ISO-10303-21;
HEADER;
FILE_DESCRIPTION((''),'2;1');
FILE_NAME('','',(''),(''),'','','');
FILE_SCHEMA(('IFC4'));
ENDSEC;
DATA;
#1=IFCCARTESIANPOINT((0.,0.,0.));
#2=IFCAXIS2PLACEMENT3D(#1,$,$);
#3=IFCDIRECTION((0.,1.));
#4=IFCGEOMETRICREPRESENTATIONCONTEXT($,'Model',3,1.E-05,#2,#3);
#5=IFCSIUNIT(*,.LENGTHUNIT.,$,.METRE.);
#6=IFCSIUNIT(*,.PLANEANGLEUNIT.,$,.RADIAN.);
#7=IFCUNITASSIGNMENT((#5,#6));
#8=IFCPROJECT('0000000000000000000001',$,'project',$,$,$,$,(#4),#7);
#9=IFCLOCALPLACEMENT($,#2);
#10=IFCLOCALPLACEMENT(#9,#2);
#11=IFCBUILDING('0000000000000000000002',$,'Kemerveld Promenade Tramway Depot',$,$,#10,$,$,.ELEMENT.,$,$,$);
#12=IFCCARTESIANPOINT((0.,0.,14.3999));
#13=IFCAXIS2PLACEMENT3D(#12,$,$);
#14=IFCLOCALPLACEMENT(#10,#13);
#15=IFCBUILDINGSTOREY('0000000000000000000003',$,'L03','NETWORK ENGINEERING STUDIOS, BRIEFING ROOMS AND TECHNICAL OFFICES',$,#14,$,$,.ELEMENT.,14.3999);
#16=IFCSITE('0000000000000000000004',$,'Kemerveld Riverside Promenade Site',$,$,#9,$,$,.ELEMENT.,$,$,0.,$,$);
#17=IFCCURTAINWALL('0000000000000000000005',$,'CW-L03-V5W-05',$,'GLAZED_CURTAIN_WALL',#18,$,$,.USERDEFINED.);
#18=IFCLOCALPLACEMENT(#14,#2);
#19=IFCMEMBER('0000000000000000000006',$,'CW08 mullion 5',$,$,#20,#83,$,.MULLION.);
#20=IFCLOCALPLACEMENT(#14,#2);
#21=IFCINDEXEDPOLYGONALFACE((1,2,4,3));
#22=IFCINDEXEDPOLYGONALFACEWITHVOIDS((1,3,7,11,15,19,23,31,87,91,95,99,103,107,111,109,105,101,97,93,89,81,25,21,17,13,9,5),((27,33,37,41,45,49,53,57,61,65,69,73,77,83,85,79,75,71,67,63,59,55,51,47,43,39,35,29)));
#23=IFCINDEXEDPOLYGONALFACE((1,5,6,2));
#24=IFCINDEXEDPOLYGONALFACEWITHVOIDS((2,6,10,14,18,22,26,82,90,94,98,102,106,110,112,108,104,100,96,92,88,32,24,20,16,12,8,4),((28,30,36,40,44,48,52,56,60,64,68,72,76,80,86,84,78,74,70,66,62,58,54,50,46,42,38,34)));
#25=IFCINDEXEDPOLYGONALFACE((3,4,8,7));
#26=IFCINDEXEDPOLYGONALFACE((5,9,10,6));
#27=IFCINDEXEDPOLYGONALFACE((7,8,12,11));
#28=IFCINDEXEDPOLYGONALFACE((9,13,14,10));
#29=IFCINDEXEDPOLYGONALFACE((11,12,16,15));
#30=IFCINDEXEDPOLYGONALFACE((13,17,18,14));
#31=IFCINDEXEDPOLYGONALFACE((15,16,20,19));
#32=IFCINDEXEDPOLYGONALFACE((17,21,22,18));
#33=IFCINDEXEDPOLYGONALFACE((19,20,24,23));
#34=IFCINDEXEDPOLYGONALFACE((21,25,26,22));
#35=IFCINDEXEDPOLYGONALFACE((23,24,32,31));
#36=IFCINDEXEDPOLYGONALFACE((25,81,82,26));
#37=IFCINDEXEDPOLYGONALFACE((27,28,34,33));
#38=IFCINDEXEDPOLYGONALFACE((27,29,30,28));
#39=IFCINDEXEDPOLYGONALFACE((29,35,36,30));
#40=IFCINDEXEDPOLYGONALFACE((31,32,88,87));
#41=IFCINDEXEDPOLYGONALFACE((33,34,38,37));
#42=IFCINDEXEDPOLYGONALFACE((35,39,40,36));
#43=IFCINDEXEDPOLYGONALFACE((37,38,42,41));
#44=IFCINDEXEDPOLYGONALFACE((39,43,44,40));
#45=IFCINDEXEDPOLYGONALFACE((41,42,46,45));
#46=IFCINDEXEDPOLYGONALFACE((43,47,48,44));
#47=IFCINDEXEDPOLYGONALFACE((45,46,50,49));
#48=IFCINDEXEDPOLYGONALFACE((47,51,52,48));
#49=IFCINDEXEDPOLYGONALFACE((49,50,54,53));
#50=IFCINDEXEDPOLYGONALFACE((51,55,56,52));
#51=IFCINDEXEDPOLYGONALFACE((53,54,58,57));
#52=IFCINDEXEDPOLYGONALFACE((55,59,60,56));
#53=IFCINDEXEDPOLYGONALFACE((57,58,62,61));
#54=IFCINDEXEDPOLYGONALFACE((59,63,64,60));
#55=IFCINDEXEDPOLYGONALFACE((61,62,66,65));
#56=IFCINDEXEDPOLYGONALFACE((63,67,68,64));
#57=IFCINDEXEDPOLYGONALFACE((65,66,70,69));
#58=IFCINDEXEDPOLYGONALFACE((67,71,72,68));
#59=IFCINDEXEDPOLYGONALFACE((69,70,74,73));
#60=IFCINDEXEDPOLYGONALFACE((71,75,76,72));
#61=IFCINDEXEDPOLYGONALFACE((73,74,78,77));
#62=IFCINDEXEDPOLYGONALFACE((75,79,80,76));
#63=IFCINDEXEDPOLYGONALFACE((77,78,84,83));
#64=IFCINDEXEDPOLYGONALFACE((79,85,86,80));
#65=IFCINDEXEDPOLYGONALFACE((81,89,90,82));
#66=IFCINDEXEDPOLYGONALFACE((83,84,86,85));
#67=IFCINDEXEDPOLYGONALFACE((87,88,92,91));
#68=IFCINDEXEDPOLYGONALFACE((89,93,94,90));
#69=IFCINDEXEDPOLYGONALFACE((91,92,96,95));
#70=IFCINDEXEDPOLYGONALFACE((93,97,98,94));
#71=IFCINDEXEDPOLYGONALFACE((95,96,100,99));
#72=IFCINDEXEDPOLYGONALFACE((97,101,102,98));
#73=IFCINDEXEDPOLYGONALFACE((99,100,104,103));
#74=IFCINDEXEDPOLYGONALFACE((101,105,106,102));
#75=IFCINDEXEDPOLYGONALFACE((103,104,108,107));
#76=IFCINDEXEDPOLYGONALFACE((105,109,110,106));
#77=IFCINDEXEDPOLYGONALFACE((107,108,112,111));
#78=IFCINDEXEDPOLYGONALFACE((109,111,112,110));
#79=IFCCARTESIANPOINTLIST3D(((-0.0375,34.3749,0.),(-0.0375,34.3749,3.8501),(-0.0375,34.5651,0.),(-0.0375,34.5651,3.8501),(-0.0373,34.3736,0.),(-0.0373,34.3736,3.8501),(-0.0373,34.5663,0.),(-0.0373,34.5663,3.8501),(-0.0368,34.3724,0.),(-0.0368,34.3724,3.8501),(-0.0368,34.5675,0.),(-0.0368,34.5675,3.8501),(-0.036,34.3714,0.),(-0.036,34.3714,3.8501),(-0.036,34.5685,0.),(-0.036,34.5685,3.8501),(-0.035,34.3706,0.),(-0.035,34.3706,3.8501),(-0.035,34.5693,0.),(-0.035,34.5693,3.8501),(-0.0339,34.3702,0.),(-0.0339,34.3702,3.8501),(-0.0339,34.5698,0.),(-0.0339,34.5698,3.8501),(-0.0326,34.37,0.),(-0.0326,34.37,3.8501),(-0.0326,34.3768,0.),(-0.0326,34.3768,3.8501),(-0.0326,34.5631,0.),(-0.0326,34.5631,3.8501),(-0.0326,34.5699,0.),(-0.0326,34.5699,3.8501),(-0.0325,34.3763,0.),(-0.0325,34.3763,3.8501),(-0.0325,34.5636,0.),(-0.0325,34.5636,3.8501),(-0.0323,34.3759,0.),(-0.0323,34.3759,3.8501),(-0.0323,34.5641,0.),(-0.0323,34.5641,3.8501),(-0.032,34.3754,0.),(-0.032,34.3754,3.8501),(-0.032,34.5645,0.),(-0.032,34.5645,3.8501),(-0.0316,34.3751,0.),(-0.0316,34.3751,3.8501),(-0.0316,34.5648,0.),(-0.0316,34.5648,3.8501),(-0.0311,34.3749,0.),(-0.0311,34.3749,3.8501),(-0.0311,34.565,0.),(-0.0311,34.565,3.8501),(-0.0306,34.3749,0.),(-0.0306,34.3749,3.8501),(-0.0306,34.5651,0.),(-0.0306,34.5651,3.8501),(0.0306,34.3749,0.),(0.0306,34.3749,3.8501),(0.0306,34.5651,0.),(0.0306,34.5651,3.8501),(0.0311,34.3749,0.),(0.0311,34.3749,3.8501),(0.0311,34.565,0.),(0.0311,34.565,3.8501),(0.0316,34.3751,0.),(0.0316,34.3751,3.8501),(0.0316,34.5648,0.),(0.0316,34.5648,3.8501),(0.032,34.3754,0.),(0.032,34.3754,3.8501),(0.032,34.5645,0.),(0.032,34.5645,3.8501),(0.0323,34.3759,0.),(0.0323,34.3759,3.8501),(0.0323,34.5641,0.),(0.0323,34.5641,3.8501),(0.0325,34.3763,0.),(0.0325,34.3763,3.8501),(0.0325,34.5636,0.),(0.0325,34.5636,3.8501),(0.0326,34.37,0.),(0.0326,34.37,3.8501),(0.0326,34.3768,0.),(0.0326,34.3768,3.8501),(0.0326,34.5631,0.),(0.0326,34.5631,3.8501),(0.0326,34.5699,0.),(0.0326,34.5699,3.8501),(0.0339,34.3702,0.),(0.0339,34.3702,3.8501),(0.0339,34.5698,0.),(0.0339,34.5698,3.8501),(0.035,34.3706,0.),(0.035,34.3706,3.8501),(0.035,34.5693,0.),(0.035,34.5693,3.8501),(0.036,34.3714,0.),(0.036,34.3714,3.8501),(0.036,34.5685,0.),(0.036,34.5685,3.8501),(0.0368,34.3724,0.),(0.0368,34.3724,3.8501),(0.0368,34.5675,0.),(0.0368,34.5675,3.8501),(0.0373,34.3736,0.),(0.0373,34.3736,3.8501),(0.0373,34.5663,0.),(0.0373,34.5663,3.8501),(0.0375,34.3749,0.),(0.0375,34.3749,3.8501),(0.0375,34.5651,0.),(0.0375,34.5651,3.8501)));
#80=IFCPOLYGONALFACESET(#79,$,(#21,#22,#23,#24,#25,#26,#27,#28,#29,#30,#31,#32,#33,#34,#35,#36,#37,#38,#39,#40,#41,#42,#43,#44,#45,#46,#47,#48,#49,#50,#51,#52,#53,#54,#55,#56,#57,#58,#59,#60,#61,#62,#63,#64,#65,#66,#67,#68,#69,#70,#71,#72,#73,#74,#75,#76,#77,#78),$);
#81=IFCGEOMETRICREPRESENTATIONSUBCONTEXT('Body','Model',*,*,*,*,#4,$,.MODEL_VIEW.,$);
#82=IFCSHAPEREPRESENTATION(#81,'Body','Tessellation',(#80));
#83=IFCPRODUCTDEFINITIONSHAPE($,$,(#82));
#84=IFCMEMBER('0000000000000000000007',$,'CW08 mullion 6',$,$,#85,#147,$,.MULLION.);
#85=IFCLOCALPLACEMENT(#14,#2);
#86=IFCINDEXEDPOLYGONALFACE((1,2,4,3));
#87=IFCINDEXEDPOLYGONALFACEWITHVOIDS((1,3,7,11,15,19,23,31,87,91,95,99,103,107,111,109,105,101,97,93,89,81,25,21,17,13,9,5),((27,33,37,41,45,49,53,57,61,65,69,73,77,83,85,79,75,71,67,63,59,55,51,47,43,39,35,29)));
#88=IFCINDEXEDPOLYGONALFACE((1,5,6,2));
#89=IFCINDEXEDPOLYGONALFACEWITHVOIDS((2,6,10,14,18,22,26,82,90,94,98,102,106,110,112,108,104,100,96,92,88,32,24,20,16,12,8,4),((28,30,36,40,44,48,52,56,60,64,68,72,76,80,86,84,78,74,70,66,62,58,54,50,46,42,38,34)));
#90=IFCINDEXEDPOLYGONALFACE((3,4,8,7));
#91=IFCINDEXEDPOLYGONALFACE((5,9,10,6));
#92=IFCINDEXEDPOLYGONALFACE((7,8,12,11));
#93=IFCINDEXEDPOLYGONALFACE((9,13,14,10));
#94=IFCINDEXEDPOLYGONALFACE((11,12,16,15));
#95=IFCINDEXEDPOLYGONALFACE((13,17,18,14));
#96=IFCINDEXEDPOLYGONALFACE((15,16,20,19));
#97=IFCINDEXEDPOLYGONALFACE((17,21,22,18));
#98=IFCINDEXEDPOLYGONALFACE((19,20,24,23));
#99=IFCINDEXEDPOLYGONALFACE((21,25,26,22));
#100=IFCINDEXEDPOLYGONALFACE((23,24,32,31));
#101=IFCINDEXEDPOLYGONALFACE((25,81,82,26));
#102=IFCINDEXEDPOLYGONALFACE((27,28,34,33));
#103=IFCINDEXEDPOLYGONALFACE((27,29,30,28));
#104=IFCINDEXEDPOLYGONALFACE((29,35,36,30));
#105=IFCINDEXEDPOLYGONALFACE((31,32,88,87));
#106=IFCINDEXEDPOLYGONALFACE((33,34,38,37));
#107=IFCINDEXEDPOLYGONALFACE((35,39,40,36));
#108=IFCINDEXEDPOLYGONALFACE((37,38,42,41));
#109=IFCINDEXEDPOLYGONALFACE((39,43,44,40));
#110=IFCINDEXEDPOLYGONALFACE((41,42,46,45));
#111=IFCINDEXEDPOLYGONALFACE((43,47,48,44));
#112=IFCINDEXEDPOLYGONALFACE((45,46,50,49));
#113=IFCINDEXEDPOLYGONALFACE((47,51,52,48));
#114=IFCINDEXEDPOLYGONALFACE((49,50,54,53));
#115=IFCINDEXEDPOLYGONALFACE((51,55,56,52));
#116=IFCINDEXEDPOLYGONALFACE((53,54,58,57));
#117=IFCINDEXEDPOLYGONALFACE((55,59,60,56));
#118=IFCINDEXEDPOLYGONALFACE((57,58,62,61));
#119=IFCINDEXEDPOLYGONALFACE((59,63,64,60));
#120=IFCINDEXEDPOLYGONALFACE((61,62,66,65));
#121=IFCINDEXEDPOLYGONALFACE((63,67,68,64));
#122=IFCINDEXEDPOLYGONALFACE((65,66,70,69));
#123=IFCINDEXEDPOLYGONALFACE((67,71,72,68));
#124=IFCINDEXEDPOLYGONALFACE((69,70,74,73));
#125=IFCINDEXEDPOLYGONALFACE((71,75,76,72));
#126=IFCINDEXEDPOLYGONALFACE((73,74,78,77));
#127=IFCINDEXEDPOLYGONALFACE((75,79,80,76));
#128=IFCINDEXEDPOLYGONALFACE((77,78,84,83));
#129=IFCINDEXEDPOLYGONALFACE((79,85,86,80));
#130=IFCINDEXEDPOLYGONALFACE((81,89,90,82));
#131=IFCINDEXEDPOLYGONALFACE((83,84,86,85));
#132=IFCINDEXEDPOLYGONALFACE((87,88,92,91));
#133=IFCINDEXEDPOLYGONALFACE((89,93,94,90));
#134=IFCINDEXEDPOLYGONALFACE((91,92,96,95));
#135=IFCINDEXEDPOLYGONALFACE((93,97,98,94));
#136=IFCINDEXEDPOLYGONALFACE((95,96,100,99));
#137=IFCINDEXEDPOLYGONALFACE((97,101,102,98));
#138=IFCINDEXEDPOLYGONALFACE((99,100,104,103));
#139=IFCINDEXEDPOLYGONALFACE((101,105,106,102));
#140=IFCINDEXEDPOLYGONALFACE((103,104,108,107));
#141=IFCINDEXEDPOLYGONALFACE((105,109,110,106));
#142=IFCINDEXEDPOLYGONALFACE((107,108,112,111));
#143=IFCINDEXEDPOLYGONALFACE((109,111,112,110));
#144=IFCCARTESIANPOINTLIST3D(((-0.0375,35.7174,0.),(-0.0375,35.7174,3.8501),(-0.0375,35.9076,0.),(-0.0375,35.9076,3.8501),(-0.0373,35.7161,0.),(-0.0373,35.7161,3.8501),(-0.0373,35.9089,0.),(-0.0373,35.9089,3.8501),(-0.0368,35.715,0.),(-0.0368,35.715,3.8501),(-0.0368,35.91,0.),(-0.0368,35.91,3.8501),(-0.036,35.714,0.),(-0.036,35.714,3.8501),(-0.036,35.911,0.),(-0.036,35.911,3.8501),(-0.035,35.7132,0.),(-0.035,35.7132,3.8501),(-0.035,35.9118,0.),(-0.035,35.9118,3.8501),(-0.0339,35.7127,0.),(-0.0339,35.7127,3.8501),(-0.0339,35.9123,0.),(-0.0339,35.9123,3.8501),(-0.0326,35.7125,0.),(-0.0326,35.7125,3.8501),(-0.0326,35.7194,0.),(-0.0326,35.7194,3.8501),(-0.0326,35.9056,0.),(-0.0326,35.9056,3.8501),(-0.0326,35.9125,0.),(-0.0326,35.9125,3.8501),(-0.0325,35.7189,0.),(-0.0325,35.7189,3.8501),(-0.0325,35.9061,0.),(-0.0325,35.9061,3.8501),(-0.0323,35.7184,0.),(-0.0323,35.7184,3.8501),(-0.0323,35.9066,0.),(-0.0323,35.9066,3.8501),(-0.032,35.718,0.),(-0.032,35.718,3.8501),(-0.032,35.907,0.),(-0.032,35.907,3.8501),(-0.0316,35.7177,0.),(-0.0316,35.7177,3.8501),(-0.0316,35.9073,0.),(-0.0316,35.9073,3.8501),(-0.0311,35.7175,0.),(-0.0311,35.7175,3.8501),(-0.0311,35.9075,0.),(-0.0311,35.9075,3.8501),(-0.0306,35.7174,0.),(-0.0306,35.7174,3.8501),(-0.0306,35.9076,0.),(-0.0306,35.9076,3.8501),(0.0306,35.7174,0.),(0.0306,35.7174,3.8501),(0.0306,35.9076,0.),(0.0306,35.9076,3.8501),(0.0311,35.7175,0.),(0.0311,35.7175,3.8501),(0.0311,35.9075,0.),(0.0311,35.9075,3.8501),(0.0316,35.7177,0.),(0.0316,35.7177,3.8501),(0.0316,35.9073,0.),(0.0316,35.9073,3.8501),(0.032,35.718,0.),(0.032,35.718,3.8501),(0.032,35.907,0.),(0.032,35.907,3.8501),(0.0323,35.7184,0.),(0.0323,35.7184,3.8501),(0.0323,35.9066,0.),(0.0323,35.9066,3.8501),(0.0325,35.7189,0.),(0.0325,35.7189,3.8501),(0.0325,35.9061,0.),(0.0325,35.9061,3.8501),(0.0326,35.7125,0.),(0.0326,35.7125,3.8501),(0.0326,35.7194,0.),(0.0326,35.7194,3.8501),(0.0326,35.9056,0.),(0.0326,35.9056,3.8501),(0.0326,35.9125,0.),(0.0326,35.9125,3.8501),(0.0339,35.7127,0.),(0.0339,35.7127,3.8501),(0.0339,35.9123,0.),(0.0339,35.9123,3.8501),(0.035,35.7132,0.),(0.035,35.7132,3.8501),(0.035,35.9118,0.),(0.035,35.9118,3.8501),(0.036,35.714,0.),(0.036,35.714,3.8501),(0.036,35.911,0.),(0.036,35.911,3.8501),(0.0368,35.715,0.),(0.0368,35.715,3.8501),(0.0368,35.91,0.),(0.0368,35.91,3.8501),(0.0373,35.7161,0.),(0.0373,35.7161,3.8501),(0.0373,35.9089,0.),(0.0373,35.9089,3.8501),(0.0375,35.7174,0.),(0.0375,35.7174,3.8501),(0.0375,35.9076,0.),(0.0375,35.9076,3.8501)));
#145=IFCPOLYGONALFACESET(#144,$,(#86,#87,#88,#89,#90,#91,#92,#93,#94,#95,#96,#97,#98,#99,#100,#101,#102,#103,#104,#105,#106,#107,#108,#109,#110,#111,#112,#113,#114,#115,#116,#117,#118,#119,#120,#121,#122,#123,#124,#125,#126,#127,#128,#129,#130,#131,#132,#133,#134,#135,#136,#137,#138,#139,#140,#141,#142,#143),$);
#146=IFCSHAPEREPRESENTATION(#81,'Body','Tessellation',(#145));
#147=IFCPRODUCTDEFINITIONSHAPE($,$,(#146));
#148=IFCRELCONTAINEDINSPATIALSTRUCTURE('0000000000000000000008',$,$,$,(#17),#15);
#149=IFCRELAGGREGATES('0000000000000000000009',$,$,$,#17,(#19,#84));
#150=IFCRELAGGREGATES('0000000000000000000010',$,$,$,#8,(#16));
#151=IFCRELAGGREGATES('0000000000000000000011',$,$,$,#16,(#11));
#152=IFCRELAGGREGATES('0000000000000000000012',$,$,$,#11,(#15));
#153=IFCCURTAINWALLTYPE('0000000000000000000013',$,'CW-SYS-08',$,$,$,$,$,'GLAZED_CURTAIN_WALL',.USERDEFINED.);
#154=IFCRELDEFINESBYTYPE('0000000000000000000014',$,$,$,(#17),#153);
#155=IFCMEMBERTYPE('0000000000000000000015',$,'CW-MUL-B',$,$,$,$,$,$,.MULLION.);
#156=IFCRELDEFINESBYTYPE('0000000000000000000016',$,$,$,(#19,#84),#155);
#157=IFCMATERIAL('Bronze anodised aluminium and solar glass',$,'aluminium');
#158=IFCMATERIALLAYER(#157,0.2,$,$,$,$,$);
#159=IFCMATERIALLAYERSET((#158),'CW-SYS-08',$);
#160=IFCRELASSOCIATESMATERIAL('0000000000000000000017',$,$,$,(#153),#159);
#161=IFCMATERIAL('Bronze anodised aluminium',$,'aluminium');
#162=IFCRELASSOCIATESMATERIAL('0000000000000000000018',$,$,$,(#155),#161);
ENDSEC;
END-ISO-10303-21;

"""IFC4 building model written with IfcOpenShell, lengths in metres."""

from ifc_helpers import new_model, si_unit, direction, frame, origin, origin_2d, place, context, subcontext, project, spatial, hollow_rectangle, extrude, material, layer, layer_set, material_profile, profile_set, type_object, element, aggregate, save


model = new_model("IFC4")

# Units and contexts
model_context = context("Model", 3, precision=1e-05, world=origin(), true_north=direction((0.0, 1.0)))
body_context = subcontext(model_context, "Body", "Model", "MODEL_VIEW")
ifc_project = project(units=[si_unit("LENGTHUNIT", "METRE"), si_unit("PLANEANGLEUNIT", "RADIAN")], contexts=[model_context])

# Site, building, storey
site_placement = place(None, origin())
site = spatial("IfcSite", under=ifc_project, at=site_placement, Name="Kemerveld Riverside Promenade Site", CompositionType="ELEMENT", RefElevation=0.0)
building_placement = place(site_placement, origin())
building = spatial("IfcBuilding", under=site, at=building_placement, Name="Kemerveld Promenade Tramway Depot", CompositionType="ELEMENT")
storey_placement = place(building_placement, frame((0.0, 0.0, 14.3999)))
storey = spatial("IfcBuildingStorey", under=building, at=storey_placement, Name="L03", Description="NETWORK ENGINEERING STUDIOS, BRIEFING ROOMS AND TECHNICAL OFFICES", CompositionType="ELEMENT", Elevation=14.3999)

# Curtain wall, members
ifc_material_1 = material(Name="Bronze anodised aluminium and solar glass", Category="aluminium")
ifc_layer_1 = layer(ifc_material_1, 0.2)
ifc_layer_set_1 = layer_set([ifc_layer_1], Name="CW-SYS-08")
curtain_wall_type = type_object("IfcCurtainWallType", Name="CW-SYS-08", ElementType="GLAZED_CURTAIN_WALL", PredefinedType="USERDEFINED", material=ifc_layer_set_1)
curtain_wall_placement = place(storey_placement, origin())
curtain_wall = element("IfcCurtainWall", 1, at=curtain_wall_placement, inside=storey, type_object=curtain_wall_type, Name="CW-L03-V5W-05", ObjectType="GLAZED_CURTAIN_WALL", PredefinedType="USERDEFINED")
ifc_material_2 = material(Name="Bronze anodised aluminium", Category="aluminium")
ifc_material_profile_1 = material_profile(ifc_material_2, hollow_rectangle(XDim=0.075, YDim=0.2, WallThickness=0.0049, InnerFilletRadius=0.002, OuterFilletRadius=0.0049, at=origin_2d()), Name="CW-MUL-200x75")
ifc_profile_set_1 = profile_set([ifc_material_profile_1], Name="Bronze anodised aluminium")
member_type_1 = type_object("IfcMemberType", Name="CW-MUL-B", PredefinedType="MULLION", material=ifc_profile_set_1)
member_1_placement = place(storey_placement, frame((0.0, 34.47, 0.0), z_axis=(0.0, 0.0, 1.0), x_axis=(-1.0, 0.0, 0.0)))
member_1 = element("IfcMember", 2, at=member_1_placement, type_object=member_type_1, Name="CW08 mullion 5", PredefinedType="MULLION", context=body_context, shape_type="SweptSolid", body=[
    extrude(hollow_rectangle(XDim=0.075, YDim=0.2, WallThickness=0.0049, InnerFilletRadius=0.002, OuterFilletRadius=0.0049, at=origin_2d()), origin(), (0.0, 0.0, 1.0), 3.8501),
])
member_2_placement = place(storey_placement, frame((0.0, 35.8125, 0.0), z_axis=(0.0, 0.0, 1.0), x_axis=(-1.0, 0.0, 0.0)))
member_2 = element("IfcMember", 3, at=member_2_placement, type_object=member_type_1, Name="CW08 mullion 6", PredefinedType="MULLION", context=body_context, shape_type="SweptSolid", body=[
    extrude(hollow_rectangle(XDim=0.075, YDim=0.2, WallThickness=0.0049, InnerFilletRadius=0.002, OuterFilletRadius=0.0049, at=origin_2d()), origin(), (0.0, 0.0, 1.0), 3.8501),
])
aggregate(curtain_wall, [member_1, member_2])

save(model, "model.ifc")
